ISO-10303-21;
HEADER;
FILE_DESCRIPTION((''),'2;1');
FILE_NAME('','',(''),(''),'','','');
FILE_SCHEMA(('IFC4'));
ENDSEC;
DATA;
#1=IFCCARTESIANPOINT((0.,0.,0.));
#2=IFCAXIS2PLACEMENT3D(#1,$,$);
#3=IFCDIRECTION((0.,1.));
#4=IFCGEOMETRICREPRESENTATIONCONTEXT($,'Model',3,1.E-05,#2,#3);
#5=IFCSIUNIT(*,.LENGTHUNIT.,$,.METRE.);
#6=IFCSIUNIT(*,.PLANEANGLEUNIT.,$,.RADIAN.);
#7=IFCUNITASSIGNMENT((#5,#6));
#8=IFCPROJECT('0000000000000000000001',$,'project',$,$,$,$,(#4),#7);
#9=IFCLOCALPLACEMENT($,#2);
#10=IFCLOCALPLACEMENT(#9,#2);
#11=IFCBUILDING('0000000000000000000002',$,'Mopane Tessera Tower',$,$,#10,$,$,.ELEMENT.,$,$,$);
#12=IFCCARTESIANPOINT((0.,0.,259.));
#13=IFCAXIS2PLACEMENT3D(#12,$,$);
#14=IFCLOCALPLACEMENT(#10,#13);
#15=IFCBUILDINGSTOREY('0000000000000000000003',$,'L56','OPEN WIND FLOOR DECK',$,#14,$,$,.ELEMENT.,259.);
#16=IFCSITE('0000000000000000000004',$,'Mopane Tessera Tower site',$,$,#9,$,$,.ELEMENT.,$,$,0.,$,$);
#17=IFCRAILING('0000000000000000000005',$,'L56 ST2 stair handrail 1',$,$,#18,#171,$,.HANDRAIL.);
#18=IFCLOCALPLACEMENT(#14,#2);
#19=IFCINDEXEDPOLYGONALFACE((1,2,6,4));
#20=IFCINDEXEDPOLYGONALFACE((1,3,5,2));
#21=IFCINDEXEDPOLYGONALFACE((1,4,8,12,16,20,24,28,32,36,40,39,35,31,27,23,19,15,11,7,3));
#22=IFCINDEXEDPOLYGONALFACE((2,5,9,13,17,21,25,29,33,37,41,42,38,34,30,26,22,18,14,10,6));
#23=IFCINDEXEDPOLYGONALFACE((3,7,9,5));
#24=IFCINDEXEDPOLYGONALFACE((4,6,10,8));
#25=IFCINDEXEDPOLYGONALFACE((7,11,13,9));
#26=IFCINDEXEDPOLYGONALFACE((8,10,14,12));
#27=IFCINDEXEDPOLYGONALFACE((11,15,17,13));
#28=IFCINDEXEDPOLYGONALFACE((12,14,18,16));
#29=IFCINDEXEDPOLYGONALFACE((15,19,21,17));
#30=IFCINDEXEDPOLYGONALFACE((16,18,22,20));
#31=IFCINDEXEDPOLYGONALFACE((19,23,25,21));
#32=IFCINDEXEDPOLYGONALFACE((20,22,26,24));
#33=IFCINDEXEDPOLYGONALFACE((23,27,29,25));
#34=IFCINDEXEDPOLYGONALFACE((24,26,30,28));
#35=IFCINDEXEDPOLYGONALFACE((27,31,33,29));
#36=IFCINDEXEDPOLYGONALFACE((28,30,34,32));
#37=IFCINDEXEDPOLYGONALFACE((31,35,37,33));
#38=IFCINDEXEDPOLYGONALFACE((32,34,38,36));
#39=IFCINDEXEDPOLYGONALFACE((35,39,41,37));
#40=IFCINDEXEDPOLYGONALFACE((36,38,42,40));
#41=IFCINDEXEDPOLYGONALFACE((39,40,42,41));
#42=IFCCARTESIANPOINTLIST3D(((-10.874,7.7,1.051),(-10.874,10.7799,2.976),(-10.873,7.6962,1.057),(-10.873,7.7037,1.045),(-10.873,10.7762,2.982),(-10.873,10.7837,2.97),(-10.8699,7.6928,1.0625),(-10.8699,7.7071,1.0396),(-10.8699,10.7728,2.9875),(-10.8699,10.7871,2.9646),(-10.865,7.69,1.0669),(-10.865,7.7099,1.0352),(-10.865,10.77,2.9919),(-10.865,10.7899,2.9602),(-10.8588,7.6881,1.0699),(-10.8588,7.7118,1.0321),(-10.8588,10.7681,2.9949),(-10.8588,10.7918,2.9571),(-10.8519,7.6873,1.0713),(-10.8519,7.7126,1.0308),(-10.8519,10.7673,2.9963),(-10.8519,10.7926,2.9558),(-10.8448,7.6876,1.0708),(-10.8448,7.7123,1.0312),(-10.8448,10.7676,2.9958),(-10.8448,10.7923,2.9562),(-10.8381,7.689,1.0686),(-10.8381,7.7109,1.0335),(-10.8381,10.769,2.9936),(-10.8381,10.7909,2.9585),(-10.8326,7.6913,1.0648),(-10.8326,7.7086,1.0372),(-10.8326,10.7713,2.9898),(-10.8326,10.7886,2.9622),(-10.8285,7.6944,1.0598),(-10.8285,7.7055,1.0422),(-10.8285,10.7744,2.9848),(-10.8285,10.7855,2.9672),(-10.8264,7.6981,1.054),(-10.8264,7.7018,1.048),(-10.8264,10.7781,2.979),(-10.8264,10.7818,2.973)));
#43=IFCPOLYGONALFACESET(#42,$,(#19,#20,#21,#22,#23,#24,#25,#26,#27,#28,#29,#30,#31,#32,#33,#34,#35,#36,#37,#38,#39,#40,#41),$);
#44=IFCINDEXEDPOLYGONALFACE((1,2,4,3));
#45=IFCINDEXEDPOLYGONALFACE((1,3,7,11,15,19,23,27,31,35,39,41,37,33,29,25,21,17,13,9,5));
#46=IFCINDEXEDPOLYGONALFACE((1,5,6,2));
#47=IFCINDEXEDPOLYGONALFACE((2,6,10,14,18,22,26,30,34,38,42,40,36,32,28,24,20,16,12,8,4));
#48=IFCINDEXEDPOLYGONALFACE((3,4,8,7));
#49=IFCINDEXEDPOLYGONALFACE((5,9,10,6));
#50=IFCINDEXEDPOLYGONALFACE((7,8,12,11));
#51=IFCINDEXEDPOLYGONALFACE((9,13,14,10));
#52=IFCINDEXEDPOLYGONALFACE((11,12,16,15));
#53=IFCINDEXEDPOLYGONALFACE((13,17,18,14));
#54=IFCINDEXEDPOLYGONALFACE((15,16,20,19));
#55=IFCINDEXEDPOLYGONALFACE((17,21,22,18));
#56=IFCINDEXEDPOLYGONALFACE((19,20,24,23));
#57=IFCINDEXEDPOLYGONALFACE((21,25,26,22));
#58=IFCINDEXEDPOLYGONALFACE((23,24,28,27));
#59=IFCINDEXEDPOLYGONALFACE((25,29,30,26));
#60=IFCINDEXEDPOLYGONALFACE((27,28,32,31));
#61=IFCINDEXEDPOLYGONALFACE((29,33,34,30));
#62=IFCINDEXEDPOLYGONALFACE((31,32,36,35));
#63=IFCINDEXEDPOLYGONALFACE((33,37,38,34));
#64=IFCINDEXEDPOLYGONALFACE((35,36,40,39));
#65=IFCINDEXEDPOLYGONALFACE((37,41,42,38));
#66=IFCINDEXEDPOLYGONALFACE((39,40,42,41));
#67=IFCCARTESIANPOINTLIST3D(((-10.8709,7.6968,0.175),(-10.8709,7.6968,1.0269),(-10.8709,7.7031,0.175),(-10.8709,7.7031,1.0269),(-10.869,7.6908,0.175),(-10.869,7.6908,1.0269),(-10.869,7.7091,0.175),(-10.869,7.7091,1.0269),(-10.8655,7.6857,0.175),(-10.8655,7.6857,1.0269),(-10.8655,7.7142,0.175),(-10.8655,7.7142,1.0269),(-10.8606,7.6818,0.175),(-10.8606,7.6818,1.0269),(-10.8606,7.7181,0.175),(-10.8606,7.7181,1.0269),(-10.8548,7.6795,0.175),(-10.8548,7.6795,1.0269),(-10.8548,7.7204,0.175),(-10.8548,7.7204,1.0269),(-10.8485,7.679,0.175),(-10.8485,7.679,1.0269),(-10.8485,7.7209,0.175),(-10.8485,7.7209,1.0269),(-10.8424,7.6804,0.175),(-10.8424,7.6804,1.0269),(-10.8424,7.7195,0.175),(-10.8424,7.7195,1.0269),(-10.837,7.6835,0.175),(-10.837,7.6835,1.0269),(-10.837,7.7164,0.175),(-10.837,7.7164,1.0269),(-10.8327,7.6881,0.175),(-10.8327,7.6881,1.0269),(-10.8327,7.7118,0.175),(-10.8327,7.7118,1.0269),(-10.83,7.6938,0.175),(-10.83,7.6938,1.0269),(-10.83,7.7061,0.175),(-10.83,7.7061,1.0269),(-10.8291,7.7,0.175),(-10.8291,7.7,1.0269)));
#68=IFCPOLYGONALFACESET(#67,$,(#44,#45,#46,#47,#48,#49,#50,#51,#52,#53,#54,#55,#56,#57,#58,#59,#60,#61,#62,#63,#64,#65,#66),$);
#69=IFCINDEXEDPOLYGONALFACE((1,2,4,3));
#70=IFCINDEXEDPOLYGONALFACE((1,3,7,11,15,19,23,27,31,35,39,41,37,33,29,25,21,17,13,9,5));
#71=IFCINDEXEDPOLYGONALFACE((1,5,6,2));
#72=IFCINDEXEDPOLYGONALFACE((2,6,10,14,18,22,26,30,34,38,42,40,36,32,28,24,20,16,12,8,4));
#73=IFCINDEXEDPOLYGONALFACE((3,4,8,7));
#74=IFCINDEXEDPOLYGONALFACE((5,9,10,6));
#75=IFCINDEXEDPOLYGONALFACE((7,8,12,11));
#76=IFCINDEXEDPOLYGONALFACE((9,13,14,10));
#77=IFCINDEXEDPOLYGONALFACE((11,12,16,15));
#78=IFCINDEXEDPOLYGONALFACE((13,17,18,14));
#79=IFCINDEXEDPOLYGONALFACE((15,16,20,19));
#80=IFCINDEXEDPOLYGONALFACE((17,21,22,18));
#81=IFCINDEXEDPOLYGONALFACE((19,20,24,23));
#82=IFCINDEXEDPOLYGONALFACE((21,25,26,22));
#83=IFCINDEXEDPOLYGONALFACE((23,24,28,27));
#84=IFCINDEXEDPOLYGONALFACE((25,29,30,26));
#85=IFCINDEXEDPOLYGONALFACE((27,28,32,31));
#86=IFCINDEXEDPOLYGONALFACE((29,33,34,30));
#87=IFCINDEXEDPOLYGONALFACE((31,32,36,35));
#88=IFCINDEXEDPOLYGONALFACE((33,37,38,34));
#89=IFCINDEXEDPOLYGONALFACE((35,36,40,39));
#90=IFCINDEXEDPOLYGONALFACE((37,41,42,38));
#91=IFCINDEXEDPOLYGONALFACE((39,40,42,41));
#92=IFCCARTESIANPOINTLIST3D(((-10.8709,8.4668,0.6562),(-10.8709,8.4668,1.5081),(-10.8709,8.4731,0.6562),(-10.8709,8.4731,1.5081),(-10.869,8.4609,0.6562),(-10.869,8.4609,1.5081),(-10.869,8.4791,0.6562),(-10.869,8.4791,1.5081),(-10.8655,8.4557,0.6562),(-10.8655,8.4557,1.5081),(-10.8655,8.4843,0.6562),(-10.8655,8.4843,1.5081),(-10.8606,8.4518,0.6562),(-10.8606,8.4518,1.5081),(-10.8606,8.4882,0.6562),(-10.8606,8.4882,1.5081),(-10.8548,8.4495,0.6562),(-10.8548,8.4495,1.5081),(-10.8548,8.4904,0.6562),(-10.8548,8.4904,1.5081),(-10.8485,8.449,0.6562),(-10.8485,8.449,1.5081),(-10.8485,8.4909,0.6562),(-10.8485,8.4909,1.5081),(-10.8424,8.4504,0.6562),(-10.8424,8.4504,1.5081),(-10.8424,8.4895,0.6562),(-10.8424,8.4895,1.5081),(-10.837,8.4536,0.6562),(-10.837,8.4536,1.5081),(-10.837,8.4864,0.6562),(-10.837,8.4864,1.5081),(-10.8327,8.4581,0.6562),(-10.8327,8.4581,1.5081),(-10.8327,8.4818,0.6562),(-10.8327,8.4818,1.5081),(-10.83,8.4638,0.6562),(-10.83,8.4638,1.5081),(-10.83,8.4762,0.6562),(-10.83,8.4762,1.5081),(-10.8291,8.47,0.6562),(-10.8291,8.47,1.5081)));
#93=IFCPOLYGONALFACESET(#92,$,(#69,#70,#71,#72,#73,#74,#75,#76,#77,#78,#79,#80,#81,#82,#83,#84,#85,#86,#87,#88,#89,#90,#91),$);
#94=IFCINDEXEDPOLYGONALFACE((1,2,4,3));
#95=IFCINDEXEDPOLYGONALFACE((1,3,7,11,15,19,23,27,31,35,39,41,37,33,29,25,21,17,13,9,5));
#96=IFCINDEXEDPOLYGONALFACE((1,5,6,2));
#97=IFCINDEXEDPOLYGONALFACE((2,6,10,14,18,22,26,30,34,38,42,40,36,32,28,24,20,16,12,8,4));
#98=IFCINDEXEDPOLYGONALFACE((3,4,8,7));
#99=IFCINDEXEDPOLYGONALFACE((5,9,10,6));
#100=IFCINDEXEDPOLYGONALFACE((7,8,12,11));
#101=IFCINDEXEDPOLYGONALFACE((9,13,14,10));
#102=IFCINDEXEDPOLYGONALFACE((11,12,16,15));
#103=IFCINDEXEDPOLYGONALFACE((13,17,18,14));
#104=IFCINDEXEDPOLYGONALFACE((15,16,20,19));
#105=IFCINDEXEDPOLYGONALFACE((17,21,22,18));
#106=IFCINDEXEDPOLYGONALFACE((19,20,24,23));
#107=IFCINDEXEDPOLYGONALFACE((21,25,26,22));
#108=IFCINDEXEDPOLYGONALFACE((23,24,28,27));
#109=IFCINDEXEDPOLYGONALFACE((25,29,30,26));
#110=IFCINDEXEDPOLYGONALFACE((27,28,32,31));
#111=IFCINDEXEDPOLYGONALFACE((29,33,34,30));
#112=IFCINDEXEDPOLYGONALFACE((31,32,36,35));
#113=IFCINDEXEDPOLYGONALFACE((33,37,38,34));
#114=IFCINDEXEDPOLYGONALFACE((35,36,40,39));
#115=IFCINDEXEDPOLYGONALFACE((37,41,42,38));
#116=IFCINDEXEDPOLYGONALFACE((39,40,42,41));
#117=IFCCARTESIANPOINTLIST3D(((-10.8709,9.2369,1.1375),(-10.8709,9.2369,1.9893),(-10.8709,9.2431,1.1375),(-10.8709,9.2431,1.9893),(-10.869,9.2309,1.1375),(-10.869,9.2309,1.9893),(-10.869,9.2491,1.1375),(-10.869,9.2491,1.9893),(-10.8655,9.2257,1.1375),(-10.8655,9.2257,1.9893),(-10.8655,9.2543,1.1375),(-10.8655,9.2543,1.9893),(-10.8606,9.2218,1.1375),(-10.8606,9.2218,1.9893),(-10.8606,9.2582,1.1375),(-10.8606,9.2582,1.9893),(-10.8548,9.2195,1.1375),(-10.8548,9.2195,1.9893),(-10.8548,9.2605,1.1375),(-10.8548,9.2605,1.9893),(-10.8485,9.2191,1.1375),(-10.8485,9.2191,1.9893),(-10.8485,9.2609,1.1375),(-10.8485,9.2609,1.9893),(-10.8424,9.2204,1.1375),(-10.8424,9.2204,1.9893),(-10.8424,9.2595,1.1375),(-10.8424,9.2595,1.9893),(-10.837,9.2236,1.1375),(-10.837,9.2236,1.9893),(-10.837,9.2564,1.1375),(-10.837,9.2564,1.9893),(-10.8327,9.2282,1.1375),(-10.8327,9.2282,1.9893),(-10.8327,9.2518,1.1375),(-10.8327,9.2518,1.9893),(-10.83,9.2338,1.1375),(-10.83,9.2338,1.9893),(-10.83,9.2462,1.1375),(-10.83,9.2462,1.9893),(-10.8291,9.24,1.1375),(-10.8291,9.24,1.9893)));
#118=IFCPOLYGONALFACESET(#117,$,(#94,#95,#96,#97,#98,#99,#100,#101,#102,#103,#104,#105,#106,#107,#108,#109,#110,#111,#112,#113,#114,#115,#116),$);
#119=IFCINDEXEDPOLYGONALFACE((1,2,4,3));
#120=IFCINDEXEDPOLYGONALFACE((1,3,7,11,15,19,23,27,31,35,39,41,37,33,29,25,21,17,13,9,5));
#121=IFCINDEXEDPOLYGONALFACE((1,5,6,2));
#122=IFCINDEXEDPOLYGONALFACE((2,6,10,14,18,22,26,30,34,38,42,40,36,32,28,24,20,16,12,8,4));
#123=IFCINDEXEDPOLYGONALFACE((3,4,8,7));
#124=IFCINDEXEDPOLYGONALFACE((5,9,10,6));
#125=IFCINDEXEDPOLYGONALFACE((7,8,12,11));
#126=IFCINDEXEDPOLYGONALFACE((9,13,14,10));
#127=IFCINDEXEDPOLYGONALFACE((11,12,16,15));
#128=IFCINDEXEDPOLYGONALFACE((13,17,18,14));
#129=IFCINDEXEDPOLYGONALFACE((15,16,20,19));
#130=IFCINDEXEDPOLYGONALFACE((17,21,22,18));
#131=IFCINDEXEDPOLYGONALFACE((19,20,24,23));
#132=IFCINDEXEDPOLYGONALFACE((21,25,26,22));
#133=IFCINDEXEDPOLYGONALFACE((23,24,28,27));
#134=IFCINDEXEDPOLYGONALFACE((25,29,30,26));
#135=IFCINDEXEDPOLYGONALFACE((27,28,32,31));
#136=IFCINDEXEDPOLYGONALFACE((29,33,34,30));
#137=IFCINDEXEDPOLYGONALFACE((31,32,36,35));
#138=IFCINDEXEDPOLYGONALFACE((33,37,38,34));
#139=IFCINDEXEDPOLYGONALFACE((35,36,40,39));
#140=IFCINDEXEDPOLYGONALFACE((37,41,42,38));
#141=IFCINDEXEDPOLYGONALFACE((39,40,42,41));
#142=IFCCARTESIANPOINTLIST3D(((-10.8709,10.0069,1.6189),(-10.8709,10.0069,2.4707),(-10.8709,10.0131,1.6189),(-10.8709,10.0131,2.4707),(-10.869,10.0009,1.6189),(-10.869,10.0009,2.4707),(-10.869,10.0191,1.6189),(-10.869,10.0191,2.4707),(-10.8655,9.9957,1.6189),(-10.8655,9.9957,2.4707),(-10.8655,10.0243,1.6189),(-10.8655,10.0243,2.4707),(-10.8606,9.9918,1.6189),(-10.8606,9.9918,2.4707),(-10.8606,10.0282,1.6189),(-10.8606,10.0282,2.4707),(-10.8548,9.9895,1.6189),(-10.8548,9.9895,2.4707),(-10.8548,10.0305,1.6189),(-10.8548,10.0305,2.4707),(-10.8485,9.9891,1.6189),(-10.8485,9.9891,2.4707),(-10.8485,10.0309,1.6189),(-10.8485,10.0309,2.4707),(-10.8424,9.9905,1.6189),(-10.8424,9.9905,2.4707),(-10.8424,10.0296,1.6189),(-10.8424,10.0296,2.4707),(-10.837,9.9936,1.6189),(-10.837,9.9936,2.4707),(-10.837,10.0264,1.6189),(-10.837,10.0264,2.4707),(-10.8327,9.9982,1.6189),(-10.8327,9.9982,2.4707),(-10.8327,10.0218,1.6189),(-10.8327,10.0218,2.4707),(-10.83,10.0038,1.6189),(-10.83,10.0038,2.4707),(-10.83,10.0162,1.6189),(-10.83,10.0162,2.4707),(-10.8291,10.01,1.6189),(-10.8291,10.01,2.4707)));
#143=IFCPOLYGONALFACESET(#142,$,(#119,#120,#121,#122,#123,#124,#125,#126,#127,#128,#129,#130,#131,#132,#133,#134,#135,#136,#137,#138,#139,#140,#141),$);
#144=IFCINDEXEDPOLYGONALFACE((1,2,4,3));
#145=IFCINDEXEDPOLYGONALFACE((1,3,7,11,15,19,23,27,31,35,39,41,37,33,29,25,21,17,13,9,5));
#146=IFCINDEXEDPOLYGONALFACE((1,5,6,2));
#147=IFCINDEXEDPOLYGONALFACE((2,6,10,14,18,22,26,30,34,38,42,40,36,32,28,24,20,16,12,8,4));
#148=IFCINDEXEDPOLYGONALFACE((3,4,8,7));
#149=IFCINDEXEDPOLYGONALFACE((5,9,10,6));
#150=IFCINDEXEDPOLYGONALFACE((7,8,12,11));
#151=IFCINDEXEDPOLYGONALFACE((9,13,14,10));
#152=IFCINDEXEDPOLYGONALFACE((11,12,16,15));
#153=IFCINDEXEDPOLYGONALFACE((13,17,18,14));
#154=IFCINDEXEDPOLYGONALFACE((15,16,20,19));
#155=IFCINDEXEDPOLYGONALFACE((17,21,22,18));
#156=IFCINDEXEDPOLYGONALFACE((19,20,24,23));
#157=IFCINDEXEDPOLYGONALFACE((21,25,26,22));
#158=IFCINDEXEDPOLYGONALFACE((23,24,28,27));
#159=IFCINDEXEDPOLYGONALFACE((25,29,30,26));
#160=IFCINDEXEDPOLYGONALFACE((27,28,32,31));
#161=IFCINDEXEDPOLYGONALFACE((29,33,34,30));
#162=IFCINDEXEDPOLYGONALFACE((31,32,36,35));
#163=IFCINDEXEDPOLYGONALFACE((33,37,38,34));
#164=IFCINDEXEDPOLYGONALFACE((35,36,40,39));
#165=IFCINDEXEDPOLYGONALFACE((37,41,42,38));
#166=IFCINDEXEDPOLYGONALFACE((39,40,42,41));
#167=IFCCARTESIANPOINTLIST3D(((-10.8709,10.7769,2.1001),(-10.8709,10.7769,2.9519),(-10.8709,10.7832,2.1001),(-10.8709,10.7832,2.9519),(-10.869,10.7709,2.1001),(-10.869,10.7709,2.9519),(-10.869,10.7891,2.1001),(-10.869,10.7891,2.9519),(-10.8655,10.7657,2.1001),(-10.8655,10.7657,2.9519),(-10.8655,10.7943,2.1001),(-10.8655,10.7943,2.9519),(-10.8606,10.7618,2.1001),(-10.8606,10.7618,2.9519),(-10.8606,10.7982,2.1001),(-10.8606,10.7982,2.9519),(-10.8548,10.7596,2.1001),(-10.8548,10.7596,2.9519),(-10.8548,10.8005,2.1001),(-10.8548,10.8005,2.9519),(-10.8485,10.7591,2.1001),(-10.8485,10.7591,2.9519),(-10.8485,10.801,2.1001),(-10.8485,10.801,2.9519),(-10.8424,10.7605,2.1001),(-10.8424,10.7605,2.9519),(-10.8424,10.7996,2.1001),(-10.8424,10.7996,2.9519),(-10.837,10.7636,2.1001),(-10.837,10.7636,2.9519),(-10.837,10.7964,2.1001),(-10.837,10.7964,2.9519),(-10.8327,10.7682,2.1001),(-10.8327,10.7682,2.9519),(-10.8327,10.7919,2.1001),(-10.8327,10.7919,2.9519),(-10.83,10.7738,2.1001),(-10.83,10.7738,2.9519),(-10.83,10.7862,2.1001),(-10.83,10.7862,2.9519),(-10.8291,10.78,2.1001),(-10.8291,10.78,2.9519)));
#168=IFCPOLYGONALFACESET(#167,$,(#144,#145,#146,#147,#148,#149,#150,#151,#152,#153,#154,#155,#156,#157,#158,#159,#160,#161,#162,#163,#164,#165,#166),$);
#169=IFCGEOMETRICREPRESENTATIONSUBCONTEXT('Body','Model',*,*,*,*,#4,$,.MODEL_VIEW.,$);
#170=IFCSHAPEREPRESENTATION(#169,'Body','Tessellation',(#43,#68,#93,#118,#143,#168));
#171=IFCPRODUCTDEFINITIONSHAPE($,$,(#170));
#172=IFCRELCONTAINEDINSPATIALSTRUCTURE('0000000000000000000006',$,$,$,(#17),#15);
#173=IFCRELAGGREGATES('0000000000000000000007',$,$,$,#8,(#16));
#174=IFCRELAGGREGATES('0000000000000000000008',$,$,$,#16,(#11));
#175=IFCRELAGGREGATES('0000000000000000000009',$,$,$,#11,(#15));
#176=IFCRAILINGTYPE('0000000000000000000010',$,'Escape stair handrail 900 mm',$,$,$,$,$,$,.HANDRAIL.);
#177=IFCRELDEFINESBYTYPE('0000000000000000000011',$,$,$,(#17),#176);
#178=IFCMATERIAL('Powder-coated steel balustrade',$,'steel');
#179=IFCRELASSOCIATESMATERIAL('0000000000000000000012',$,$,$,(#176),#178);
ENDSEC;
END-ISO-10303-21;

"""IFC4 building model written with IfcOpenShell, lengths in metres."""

from ifc_helpers import new_model, si_unit, direction, frame, origin, origin_2d, place, context, subcontext, project, spatial, circle, extrude, material, type_object, element, save


model = new_model("IFC4")

# Units and contexts
model_context = context("Model", 3, precision=1e-05, world=origin(), true_north=direction((0.0, 1.0)))
body_context = subcontext(model_context, "Body", "Model", "MODEL_VIEW")
ifc_project = project(units=[si_unit("LENGTHUNIT", "METRE"), si_unit("PLANEANGLEUNIT", "RADIAN")], contexts=[model_context])

# Site, building, storey
site_placement = place(None, origin())
site = spatial("IfcSite", under=ifc_project, at=site_placement, Name="Mopane Tessera Tower site", CompositionType="ELEMENT", RefElevation=0.0)
building_placement = place(site_placement, origin())
building = spatial("IfcBuilding", under=site, at=building_placement, Name="Mopane Tessera Tower", CompositionType="ELEMENT")
storey_placement = place(building_placement, frame((0.0, 0.0, 259.0)))
storey = spatial("IfcBuildingStorey", under=building, at=storey_placement, Name="L56", Description="OPEN WIND FLOOR DECK", CompositionType="ELEMENT", Elevation=259.0)

# Railing
ifc_material_1 = material(Name="Powder-coated steel balustrade", Category="steel")
railing_type = type_object("IfcRailingType", Name="Escape stair handrail 900 mm", PredefinedType="HANDRAIL", material=ifc_material_1)
for number, where, name in (
    (1, (-10.8501, 7.7, 0.175), "L56 ST2 stair handrail 1"),
):
    element("IfcRailing", number, at=place(storey_placement, frame(where)), inside=storey, type_object=railing_type, Name=name, PredefinedType="HANDRAIL", context=body_context, shape_type="SweptSolid", body=[
        extrude(circle(Radius=0.0239, at=origin_2d()), frame((0.0, 0.0, 0.876), z_axis=(0.0, 0.847998, 0.529999), x_axis=(-1.0, 0.0, 0.0)), (0.0, 0.0, 1.0), 3.6321),
        extrude(circle(Radius=0.021, at=origin_2d()), origin(), (0.0, 0.0, 1.0), 0.8518),
        extrude(circle(Radius=0.021, at=origin_2d()), frame((0.0, 0.77, 0.4812)), (0.0, 0.0, 1.0), 0.8518),
        extrude(circle(Radius=0.021, at=origin_2d()), frame((0.0, 1.54, 0.9624)), (0.0, 0.0, 1.0), 0.8518),
        extrude(circle(Radius=0.021, at=origin_2d()), frame((0.0, 2.3101, 1.4438)), (0.0, 0.0, 1.0), 0.8518),
        extrude(circle(Radius=0.021, at=origin_2d()), frame((0.0, 3.0801, 1.925)), (0.0, 0.0, 1.0), 0.8518),
    ])

save(model, "model.ifc")
